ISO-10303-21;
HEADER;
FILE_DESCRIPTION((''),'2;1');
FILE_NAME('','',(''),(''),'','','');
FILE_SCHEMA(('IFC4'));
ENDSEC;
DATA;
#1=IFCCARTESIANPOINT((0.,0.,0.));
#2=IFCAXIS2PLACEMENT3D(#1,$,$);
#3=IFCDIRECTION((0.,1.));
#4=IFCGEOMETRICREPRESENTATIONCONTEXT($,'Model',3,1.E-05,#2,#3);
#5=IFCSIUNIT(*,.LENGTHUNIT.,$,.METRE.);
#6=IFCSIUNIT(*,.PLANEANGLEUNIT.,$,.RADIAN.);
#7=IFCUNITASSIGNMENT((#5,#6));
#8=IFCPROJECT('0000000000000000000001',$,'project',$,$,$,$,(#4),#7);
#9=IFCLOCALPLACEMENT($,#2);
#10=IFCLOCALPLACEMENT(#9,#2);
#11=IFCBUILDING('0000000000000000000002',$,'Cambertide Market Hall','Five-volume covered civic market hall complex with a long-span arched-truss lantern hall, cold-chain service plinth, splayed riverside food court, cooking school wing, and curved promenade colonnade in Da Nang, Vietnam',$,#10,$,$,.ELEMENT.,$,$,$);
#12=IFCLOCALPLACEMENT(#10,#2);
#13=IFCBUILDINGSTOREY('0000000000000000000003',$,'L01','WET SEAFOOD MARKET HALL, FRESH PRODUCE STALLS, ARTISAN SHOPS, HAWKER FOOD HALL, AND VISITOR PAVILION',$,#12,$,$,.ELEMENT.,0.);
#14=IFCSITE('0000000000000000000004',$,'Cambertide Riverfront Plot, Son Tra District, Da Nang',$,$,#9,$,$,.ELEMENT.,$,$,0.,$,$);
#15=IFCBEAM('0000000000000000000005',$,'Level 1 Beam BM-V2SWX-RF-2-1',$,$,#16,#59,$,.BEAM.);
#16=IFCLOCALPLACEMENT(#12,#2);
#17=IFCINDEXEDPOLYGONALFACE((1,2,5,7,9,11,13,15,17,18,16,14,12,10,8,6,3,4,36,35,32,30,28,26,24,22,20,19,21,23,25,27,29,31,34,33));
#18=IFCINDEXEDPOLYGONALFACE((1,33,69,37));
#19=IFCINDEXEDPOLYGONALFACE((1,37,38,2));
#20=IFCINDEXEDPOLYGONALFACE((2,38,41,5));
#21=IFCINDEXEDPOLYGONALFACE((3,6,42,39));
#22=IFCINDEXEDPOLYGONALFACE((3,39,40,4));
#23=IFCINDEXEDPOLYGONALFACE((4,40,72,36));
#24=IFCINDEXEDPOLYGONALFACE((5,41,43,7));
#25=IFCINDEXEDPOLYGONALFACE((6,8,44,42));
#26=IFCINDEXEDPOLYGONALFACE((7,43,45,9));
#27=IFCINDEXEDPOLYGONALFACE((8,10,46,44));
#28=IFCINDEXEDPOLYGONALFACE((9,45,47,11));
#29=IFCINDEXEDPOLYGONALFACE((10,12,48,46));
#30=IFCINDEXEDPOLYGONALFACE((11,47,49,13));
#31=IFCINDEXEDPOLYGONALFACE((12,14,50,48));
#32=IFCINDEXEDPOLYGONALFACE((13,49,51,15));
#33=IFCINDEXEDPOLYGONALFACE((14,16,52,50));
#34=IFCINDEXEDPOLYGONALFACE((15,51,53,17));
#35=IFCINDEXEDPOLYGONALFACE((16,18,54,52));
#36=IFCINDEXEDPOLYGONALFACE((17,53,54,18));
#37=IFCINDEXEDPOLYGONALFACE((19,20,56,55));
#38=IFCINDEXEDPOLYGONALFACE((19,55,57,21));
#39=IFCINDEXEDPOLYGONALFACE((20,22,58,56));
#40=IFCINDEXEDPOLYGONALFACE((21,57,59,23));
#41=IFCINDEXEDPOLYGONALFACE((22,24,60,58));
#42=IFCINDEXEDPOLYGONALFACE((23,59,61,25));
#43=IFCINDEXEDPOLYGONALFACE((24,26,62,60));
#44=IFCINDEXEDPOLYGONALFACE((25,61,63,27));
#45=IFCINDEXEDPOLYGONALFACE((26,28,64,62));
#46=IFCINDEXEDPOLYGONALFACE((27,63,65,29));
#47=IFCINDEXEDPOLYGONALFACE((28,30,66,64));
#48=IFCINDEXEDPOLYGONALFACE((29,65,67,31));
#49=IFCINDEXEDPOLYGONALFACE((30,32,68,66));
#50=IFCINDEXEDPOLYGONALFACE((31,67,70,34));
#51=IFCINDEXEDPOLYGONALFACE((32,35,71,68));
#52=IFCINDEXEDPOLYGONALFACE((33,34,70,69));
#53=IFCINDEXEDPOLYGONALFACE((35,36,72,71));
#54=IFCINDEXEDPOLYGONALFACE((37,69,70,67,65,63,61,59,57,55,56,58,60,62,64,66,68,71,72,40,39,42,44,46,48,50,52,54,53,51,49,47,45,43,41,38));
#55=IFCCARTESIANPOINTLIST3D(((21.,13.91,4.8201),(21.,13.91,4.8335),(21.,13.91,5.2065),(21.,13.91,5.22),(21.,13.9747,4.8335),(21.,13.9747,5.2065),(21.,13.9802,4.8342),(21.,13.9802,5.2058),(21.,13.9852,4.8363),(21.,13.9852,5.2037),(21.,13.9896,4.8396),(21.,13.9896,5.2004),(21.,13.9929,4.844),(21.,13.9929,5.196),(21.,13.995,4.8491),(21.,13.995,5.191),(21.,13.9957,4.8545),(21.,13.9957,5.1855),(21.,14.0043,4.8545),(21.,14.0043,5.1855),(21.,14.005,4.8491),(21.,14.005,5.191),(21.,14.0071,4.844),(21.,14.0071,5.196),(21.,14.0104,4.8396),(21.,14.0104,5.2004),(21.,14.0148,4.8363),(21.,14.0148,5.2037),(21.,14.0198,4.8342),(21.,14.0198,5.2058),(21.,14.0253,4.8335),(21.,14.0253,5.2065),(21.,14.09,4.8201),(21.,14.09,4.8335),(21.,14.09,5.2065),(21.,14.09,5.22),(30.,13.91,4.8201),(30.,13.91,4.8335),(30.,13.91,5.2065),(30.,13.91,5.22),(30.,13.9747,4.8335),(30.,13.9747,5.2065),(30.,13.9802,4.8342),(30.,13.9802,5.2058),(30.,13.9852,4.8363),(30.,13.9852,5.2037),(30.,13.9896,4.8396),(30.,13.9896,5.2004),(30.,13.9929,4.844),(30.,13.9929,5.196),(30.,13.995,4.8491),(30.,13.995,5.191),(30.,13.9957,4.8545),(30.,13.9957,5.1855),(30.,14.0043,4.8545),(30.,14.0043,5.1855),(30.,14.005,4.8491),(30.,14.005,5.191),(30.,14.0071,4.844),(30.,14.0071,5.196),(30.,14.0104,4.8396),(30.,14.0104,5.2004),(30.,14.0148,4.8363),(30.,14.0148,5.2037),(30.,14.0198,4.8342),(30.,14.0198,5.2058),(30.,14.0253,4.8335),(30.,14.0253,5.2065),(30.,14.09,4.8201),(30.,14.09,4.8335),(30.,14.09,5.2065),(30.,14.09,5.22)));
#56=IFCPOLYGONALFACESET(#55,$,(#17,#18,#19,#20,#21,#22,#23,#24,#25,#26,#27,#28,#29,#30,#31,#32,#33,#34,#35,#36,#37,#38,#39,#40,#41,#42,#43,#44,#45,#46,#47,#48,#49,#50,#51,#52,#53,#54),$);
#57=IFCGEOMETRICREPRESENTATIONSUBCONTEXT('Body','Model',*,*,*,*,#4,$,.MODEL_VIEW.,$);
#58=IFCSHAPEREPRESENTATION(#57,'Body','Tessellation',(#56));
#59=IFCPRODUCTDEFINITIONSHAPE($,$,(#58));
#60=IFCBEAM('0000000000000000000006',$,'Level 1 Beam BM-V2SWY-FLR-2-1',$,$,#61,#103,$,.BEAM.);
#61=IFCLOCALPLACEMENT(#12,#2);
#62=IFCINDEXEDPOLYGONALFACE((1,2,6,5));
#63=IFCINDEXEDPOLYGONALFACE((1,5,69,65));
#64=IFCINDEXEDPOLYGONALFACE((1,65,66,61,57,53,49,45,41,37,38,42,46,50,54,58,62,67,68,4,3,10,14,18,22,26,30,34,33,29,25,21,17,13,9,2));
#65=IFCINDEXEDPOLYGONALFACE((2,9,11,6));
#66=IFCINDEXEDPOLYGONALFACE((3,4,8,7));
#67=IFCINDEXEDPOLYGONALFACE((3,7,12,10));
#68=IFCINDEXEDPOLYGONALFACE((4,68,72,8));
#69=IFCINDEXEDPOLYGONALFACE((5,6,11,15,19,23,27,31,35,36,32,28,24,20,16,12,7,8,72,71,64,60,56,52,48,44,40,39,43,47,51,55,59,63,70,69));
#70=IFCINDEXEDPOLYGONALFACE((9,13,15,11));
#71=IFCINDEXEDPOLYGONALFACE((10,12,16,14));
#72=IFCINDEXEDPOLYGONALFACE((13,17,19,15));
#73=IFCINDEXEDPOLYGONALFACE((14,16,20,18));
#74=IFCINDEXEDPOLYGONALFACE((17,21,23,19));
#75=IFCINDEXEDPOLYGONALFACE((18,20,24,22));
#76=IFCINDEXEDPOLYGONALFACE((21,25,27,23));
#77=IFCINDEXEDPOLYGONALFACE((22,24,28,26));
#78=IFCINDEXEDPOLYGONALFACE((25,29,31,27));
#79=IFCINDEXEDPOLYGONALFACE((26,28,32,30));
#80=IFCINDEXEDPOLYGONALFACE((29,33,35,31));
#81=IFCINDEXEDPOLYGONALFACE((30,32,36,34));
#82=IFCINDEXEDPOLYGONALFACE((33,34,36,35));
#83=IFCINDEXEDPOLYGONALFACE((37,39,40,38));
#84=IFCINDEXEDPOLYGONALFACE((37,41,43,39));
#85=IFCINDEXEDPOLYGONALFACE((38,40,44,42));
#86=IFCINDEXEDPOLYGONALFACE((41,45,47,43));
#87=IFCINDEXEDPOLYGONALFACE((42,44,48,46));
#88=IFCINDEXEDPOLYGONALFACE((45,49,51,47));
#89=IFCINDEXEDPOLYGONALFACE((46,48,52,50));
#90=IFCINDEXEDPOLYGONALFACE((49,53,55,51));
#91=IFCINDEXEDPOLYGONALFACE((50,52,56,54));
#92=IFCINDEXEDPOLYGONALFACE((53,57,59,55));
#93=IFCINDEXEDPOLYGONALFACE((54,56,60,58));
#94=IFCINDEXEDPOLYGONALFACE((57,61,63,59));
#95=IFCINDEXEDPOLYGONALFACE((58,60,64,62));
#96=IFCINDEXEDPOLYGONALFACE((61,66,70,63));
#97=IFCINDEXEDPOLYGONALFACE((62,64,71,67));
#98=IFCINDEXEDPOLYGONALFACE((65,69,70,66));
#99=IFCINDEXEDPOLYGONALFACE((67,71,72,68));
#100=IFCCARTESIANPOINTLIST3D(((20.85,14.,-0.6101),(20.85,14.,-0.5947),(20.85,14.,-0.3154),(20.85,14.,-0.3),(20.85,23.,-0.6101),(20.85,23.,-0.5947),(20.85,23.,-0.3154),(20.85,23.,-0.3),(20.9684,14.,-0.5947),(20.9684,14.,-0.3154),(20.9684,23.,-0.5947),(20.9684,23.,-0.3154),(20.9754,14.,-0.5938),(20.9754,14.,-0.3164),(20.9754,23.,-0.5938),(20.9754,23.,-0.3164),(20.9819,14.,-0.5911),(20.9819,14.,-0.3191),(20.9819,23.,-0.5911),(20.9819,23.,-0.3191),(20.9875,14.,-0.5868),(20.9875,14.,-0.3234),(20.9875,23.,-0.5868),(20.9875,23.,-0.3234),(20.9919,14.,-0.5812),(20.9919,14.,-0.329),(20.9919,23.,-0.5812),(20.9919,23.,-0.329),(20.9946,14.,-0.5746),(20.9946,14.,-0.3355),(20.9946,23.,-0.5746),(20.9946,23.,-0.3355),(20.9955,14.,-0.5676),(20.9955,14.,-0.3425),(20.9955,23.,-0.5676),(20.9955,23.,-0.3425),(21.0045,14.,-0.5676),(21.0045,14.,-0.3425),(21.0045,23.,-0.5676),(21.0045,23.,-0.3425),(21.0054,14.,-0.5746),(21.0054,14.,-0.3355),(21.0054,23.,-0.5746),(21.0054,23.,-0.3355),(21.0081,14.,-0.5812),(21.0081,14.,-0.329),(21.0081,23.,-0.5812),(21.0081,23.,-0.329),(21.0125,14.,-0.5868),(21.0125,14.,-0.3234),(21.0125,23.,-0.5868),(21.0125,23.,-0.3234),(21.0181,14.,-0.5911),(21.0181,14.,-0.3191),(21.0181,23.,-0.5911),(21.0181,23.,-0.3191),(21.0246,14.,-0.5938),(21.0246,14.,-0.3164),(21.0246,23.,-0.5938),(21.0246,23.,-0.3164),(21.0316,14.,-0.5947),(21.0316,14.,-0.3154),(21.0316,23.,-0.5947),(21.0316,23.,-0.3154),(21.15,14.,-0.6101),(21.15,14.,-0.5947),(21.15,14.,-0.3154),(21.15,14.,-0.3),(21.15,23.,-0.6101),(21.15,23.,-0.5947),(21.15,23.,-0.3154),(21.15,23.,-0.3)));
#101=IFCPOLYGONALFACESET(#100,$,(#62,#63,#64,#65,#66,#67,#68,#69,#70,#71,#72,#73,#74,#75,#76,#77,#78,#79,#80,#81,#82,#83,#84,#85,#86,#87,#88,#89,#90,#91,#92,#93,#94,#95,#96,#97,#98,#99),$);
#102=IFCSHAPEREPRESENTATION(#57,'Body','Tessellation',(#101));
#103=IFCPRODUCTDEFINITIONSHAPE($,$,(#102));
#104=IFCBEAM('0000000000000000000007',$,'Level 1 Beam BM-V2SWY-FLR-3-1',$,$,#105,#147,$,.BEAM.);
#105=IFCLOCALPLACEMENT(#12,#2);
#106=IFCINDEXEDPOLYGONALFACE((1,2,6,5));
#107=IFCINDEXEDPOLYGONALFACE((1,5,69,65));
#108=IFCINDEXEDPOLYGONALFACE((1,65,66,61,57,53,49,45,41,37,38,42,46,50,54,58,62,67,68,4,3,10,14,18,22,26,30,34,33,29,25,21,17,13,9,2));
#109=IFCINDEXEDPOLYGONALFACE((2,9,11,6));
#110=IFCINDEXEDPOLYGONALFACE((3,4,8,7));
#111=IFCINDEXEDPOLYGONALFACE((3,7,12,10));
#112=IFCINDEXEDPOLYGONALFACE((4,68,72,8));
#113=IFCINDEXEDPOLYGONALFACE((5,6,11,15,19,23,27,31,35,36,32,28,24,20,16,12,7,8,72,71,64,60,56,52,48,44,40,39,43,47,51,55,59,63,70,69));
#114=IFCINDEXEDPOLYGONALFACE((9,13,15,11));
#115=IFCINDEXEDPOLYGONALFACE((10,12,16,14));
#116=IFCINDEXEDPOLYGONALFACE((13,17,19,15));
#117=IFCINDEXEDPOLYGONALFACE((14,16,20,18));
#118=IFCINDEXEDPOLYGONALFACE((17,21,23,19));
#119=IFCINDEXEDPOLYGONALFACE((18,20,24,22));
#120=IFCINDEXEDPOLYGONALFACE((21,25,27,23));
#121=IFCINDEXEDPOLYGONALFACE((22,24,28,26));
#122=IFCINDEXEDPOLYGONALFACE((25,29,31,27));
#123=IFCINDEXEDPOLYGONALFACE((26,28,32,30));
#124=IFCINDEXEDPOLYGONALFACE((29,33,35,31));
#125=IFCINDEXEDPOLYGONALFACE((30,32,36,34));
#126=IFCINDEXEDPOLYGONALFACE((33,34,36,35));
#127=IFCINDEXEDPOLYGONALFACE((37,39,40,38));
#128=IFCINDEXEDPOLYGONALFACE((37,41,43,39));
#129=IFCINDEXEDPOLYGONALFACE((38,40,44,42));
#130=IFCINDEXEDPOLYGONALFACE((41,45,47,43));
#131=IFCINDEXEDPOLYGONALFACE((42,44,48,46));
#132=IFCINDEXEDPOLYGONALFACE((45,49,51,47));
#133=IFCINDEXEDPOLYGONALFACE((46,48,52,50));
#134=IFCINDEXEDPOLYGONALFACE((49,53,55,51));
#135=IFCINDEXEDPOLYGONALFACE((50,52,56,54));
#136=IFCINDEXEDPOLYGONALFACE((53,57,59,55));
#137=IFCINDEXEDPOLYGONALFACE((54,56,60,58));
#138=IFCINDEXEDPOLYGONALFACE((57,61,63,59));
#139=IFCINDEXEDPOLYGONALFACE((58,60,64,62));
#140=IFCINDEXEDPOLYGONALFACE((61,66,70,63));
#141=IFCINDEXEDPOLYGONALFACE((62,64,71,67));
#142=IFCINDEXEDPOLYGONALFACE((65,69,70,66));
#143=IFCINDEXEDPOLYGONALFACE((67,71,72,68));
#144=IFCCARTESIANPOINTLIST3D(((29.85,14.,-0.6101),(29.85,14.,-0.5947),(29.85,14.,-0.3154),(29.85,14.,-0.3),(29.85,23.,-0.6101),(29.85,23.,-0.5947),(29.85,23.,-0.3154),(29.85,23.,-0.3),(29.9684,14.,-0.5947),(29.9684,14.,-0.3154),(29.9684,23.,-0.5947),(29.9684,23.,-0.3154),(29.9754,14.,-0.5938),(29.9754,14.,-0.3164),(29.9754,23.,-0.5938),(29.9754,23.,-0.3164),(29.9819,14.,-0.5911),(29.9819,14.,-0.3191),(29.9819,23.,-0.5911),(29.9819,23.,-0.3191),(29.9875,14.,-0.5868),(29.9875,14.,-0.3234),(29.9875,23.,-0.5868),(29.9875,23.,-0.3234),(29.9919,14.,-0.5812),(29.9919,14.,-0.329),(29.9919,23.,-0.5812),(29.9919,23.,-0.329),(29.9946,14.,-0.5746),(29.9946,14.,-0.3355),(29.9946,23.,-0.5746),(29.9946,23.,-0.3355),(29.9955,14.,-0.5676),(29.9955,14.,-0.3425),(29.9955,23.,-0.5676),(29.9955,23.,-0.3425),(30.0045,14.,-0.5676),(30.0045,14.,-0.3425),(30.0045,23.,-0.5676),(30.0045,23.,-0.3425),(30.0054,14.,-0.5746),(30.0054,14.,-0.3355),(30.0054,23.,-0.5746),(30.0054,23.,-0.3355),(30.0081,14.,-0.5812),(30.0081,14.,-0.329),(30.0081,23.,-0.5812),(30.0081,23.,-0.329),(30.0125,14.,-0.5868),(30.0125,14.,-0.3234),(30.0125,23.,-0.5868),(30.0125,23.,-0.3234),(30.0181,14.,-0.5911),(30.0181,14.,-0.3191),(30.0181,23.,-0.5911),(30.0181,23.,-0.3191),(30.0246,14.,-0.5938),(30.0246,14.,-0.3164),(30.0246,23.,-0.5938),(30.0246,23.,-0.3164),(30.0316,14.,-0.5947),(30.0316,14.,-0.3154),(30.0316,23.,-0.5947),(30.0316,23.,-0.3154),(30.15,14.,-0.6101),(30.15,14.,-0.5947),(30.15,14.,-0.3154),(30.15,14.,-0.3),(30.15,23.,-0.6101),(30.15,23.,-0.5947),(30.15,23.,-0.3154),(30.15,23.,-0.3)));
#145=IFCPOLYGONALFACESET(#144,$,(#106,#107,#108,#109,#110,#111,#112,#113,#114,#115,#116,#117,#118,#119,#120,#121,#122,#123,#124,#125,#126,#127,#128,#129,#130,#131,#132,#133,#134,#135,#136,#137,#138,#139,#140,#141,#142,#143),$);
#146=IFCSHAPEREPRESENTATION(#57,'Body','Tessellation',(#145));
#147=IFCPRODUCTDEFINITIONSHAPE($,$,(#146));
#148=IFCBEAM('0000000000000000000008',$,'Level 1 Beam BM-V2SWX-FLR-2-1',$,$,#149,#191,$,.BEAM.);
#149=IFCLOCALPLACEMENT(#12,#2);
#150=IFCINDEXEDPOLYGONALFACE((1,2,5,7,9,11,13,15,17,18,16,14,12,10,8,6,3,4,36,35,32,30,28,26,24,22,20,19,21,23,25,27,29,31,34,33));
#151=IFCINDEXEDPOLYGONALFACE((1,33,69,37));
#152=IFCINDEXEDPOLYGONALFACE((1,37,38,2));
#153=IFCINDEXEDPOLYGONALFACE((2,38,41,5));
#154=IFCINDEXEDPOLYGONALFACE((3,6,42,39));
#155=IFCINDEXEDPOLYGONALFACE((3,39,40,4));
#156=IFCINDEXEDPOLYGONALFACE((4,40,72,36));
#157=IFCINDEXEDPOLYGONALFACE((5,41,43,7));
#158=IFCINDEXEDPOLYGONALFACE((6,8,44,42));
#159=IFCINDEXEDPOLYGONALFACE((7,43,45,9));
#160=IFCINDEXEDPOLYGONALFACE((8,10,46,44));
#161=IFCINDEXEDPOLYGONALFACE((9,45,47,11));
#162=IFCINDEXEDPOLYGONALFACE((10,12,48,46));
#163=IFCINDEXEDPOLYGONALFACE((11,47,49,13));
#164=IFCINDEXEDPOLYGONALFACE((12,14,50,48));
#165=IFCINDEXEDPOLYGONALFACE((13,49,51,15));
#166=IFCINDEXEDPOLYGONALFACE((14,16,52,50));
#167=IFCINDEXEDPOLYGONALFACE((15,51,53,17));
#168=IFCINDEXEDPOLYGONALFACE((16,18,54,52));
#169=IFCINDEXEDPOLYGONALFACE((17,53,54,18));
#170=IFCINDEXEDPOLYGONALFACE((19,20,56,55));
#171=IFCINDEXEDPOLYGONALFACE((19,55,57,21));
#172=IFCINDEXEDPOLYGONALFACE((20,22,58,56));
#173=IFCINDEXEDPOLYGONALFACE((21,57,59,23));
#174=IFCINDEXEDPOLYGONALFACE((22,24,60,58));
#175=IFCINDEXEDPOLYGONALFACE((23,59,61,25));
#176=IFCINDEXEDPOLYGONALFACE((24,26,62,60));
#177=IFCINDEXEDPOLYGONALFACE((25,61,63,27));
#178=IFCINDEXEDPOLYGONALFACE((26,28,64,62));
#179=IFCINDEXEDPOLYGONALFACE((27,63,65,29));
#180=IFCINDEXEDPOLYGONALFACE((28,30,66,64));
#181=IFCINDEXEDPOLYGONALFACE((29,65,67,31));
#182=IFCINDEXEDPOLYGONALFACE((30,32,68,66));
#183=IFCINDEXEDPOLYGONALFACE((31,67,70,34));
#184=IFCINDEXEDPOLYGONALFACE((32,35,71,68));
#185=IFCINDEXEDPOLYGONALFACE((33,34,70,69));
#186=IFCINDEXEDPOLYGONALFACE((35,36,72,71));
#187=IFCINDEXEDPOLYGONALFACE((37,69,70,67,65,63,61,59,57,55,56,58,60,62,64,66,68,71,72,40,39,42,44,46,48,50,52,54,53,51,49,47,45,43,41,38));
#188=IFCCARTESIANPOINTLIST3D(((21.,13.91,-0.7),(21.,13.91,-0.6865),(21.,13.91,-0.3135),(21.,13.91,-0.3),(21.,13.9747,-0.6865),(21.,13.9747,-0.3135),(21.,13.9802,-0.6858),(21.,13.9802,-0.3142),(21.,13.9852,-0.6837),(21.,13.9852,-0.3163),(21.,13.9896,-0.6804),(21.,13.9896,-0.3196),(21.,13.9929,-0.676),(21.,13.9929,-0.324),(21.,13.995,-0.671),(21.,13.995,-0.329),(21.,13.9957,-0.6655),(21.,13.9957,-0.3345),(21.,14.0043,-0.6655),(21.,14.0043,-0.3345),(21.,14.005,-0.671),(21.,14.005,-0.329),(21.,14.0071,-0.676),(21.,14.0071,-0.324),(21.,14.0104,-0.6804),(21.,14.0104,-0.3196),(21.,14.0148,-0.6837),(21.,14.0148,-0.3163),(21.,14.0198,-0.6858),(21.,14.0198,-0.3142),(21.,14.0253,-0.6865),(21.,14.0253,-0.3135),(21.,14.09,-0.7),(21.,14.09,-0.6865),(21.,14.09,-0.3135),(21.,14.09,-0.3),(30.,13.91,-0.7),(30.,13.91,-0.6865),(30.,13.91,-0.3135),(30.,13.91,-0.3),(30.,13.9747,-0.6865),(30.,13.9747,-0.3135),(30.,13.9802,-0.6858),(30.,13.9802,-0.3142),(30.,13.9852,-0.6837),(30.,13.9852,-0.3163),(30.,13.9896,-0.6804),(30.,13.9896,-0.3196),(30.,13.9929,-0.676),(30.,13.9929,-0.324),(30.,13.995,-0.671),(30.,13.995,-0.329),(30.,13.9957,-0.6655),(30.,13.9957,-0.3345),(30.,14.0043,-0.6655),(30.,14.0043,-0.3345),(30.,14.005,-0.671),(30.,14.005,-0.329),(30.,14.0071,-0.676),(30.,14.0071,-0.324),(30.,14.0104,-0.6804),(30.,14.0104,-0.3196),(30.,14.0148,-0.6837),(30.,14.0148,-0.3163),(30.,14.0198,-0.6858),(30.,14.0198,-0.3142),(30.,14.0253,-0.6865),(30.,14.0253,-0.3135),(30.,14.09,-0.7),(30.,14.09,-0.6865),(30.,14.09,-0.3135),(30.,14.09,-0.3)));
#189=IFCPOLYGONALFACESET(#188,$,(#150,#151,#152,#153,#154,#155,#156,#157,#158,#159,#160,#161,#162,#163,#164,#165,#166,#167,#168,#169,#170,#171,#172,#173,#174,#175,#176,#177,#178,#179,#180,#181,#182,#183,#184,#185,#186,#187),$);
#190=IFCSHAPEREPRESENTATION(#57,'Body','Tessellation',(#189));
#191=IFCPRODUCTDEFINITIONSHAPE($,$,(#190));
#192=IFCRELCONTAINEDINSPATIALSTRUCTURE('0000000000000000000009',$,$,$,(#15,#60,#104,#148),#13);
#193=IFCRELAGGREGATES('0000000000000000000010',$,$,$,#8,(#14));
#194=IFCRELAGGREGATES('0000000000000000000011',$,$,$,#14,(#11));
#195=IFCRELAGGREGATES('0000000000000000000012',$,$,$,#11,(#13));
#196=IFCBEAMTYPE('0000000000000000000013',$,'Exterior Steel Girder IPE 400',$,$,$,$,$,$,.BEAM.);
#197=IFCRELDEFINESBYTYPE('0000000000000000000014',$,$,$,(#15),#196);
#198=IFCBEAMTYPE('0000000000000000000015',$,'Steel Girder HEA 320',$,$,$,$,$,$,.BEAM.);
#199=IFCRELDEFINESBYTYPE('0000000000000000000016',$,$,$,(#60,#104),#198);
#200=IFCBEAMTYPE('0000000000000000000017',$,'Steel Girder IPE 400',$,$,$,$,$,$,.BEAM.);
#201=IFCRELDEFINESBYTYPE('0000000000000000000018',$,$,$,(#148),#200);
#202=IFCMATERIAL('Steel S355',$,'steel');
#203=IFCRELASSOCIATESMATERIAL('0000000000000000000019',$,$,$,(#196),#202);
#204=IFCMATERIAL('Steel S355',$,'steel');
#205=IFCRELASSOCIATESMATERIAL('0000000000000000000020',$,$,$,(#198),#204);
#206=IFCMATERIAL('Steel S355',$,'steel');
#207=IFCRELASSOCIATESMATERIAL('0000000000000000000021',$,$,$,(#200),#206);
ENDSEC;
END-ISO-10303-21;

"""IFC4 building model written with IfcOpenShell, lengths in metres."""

from ifc_helpers import new_model, si_unit, direction, frame, origin, origin_2d, place, context, subcontext, project, spatial, i_section, extrude, material, material_profile, profile_set, type_object, element, save


model = new_model("IFC4")

# Units and contexts
model_context = context("Model", 3, precision=1e-05, world=origin(), true_north=direction((0.0, 1.0)))
body_context = subcontext(model_context, "Body", "Model", "MODEL_VIEW")
ifc_project = project(units=[si_unit("LENGTHUNIT", "METRE"), si_unit("PLANEANGLEUNIT", "RADIAN")], contexts=[model_context])

# Site, building, storey
site_placement = place(None, origin())
site = spatial("IfcSite", under=ifc_project, at=site_placement, Name="Cambertide Riverfront Plot, Son Tra District, Da Nang", CompositionType="ELEMENT", RefElevation=0.0)
building_placement = place(site_placement, origin())
building = spatial("IfcBuilding", under=site, at=building_placement, Name="Cambertide Market Hall", Description="Five-volume covered civic market hall complex with a long-span arched-truss lantern hall, cold-chain service plinth, splayed riverside food court, cooking school wing, and curved promenade colonnade in Da Nang, Vietnam", CompositionType="ELEMENT")
storey_placement = place(building_placement, origin())
storey = spatial("IfcBuildingStorey", under=building, at=storey_placement, Name="L01", Description="WET SEAFOOD MARKET HALL, FRESH PRODUCE STALLS, ARTISAN SHOPS, HAWKER FOOD HALL, AND VISITOR PAVILION", CompositionType="ELEMENT", Elevation=0.0)

# Beams
ifc_material_1 = material(Name="Steel S355", Category="steel")
ifc_material_profile_1 = material_profile(ifc_material_1, i_section(OverallWidth=0.1799, OverallDepth=0.3999, WebThickness=0.0085, FlangeThickness=0.0134, FilletRadius=0.021, at=origin_2d()), Name="IPE 400")
ifc_profile_set_1 = profile_set([ifc_material_profile_1], Name="Steel S355")
beam_type_1 = type_object("IfcBeamType", Name="Exterior Steel Girder IPE 400", PredefinedType="BEAM", material=ifc_profile_set_1)
beam_1_placement = place(storey_placement, frame((21.0, 14.0, 5.02), z_axis=(1.0, 0.0, 0.0), x_axis=(0.0, 1.0, 0.0)))
element("IfcBeam", 1, at=beam_1_placement, inside=storey, type_object=beam_type_1, Name="Level 1 Beam BM-V2SWX-RF-2-1", PredefinedType="BEAM", context=body_context, shape_type="SweptSolid", body=[
    extrude(i_section(OverallWidth=0.1799, OverallDepth=0.3999, WebThickness=0.0085, FlangeThickness=0.0134, FilletRadius=0.021, at=origin_2d()), origin(), (0.0, 0.0, 1.0), 9.0),
])
ifc_material_2 = material(Name="Steel S355", Category="steel")
ifc_material_profile_2 = material_profile(ifc_material_2, i_section(OverallWidth=0.3, OverallDepth=0.3101, WebThickness=0.009, FlangeThickness=0.0154, FilletRadius=0.0271, at=origin_2d()), Name="HEA 320")
ifc_profile_set_2 = profile_set([ifc_material_profile_2], Name="Steel S355")
beam_type_2 = type_object("IfcBeamType", Name="Steel Girder HEA 320", PredefinedType="BEAM", material=ifc_profile_set_2)
for number, where, z_axis, x_axis, name in (
    (2, (21.0, 14.0, -0.4551), (0.0, 1.0, 0.0), (-1.0, 0.0, 0.0), "Level 1 Beam BM-V2SWY-FLR-2-1"),
    (3, (30.0, 14.0, -0.4551), (0.0, 1.0, 0.0), (-1.0, 0.0, 0.0), "Level 1 Beam BM-V2SWY-FLR-3-1"),
):
    element("IfcBeam", number, at=place(storey_placement, frame(where, z_axis=z_axis, x_axis=x_axis)), inside=storey, type_object=beam_type_2, Name=name, PredefinedType="BEAM", context=body_context, shape_type="SweptSolid", body=[
        extrude(i_section(OverallWidth=0.3, OverallDepth=0.3101, WebThickness=0.009, FlangeThickness=0.0154, FilletRadius=0.0271, at=origin_2d()), origin(), (0.0, 0.0, 1.0), 9.0),
    ])
ifc_material_3 = material(Name="Steel S355", Category="steel")
ifc_material_profile_3 = material_profile(ifc_material_3, i_section(OverallWidth=0.1799, OverallDepth=0.3999, WebThickness=0.0085, FlangeThickness=0.0134, FilletRadius=0.021, at=origin_2d()), Name="IPE 400")
ifc_profile_set_3 = profile_set([ifc_material_profile_3], Name="Steel S355")
beam_type_3 = type_object("IfcBeamType", Name="Steel Girder IPE 400", PredefinedType="BEAM", material=ifc_profile_set_3)
beam_2_placement = place(storey_placement, frame((21.0, 14.0, -0.5), z_axis=(1.0, 0.0, 0.0), x_axis=(0.0, 1.0, 0.0)))
element("IfcBeam", 4, at=beam_2_placement, inside=storey, type_object=beam_type_3, Name="Level 1 Beam BM-V2SWX-FLR-2-1", PredefinedType="BEAM", context=body_context, shape_type="SweptSolid", body=[
    extrude(i_section(OverallWidth=0.1799, OverallDepth=0.3999, WebThickness=0.0085, FlangeThickness=0.0134, FilletRadius=0.021, at=origin_2d()), origin(), (0.0, 0.0, 1.0), 9.0),
])

save(model, "model.ifc")
